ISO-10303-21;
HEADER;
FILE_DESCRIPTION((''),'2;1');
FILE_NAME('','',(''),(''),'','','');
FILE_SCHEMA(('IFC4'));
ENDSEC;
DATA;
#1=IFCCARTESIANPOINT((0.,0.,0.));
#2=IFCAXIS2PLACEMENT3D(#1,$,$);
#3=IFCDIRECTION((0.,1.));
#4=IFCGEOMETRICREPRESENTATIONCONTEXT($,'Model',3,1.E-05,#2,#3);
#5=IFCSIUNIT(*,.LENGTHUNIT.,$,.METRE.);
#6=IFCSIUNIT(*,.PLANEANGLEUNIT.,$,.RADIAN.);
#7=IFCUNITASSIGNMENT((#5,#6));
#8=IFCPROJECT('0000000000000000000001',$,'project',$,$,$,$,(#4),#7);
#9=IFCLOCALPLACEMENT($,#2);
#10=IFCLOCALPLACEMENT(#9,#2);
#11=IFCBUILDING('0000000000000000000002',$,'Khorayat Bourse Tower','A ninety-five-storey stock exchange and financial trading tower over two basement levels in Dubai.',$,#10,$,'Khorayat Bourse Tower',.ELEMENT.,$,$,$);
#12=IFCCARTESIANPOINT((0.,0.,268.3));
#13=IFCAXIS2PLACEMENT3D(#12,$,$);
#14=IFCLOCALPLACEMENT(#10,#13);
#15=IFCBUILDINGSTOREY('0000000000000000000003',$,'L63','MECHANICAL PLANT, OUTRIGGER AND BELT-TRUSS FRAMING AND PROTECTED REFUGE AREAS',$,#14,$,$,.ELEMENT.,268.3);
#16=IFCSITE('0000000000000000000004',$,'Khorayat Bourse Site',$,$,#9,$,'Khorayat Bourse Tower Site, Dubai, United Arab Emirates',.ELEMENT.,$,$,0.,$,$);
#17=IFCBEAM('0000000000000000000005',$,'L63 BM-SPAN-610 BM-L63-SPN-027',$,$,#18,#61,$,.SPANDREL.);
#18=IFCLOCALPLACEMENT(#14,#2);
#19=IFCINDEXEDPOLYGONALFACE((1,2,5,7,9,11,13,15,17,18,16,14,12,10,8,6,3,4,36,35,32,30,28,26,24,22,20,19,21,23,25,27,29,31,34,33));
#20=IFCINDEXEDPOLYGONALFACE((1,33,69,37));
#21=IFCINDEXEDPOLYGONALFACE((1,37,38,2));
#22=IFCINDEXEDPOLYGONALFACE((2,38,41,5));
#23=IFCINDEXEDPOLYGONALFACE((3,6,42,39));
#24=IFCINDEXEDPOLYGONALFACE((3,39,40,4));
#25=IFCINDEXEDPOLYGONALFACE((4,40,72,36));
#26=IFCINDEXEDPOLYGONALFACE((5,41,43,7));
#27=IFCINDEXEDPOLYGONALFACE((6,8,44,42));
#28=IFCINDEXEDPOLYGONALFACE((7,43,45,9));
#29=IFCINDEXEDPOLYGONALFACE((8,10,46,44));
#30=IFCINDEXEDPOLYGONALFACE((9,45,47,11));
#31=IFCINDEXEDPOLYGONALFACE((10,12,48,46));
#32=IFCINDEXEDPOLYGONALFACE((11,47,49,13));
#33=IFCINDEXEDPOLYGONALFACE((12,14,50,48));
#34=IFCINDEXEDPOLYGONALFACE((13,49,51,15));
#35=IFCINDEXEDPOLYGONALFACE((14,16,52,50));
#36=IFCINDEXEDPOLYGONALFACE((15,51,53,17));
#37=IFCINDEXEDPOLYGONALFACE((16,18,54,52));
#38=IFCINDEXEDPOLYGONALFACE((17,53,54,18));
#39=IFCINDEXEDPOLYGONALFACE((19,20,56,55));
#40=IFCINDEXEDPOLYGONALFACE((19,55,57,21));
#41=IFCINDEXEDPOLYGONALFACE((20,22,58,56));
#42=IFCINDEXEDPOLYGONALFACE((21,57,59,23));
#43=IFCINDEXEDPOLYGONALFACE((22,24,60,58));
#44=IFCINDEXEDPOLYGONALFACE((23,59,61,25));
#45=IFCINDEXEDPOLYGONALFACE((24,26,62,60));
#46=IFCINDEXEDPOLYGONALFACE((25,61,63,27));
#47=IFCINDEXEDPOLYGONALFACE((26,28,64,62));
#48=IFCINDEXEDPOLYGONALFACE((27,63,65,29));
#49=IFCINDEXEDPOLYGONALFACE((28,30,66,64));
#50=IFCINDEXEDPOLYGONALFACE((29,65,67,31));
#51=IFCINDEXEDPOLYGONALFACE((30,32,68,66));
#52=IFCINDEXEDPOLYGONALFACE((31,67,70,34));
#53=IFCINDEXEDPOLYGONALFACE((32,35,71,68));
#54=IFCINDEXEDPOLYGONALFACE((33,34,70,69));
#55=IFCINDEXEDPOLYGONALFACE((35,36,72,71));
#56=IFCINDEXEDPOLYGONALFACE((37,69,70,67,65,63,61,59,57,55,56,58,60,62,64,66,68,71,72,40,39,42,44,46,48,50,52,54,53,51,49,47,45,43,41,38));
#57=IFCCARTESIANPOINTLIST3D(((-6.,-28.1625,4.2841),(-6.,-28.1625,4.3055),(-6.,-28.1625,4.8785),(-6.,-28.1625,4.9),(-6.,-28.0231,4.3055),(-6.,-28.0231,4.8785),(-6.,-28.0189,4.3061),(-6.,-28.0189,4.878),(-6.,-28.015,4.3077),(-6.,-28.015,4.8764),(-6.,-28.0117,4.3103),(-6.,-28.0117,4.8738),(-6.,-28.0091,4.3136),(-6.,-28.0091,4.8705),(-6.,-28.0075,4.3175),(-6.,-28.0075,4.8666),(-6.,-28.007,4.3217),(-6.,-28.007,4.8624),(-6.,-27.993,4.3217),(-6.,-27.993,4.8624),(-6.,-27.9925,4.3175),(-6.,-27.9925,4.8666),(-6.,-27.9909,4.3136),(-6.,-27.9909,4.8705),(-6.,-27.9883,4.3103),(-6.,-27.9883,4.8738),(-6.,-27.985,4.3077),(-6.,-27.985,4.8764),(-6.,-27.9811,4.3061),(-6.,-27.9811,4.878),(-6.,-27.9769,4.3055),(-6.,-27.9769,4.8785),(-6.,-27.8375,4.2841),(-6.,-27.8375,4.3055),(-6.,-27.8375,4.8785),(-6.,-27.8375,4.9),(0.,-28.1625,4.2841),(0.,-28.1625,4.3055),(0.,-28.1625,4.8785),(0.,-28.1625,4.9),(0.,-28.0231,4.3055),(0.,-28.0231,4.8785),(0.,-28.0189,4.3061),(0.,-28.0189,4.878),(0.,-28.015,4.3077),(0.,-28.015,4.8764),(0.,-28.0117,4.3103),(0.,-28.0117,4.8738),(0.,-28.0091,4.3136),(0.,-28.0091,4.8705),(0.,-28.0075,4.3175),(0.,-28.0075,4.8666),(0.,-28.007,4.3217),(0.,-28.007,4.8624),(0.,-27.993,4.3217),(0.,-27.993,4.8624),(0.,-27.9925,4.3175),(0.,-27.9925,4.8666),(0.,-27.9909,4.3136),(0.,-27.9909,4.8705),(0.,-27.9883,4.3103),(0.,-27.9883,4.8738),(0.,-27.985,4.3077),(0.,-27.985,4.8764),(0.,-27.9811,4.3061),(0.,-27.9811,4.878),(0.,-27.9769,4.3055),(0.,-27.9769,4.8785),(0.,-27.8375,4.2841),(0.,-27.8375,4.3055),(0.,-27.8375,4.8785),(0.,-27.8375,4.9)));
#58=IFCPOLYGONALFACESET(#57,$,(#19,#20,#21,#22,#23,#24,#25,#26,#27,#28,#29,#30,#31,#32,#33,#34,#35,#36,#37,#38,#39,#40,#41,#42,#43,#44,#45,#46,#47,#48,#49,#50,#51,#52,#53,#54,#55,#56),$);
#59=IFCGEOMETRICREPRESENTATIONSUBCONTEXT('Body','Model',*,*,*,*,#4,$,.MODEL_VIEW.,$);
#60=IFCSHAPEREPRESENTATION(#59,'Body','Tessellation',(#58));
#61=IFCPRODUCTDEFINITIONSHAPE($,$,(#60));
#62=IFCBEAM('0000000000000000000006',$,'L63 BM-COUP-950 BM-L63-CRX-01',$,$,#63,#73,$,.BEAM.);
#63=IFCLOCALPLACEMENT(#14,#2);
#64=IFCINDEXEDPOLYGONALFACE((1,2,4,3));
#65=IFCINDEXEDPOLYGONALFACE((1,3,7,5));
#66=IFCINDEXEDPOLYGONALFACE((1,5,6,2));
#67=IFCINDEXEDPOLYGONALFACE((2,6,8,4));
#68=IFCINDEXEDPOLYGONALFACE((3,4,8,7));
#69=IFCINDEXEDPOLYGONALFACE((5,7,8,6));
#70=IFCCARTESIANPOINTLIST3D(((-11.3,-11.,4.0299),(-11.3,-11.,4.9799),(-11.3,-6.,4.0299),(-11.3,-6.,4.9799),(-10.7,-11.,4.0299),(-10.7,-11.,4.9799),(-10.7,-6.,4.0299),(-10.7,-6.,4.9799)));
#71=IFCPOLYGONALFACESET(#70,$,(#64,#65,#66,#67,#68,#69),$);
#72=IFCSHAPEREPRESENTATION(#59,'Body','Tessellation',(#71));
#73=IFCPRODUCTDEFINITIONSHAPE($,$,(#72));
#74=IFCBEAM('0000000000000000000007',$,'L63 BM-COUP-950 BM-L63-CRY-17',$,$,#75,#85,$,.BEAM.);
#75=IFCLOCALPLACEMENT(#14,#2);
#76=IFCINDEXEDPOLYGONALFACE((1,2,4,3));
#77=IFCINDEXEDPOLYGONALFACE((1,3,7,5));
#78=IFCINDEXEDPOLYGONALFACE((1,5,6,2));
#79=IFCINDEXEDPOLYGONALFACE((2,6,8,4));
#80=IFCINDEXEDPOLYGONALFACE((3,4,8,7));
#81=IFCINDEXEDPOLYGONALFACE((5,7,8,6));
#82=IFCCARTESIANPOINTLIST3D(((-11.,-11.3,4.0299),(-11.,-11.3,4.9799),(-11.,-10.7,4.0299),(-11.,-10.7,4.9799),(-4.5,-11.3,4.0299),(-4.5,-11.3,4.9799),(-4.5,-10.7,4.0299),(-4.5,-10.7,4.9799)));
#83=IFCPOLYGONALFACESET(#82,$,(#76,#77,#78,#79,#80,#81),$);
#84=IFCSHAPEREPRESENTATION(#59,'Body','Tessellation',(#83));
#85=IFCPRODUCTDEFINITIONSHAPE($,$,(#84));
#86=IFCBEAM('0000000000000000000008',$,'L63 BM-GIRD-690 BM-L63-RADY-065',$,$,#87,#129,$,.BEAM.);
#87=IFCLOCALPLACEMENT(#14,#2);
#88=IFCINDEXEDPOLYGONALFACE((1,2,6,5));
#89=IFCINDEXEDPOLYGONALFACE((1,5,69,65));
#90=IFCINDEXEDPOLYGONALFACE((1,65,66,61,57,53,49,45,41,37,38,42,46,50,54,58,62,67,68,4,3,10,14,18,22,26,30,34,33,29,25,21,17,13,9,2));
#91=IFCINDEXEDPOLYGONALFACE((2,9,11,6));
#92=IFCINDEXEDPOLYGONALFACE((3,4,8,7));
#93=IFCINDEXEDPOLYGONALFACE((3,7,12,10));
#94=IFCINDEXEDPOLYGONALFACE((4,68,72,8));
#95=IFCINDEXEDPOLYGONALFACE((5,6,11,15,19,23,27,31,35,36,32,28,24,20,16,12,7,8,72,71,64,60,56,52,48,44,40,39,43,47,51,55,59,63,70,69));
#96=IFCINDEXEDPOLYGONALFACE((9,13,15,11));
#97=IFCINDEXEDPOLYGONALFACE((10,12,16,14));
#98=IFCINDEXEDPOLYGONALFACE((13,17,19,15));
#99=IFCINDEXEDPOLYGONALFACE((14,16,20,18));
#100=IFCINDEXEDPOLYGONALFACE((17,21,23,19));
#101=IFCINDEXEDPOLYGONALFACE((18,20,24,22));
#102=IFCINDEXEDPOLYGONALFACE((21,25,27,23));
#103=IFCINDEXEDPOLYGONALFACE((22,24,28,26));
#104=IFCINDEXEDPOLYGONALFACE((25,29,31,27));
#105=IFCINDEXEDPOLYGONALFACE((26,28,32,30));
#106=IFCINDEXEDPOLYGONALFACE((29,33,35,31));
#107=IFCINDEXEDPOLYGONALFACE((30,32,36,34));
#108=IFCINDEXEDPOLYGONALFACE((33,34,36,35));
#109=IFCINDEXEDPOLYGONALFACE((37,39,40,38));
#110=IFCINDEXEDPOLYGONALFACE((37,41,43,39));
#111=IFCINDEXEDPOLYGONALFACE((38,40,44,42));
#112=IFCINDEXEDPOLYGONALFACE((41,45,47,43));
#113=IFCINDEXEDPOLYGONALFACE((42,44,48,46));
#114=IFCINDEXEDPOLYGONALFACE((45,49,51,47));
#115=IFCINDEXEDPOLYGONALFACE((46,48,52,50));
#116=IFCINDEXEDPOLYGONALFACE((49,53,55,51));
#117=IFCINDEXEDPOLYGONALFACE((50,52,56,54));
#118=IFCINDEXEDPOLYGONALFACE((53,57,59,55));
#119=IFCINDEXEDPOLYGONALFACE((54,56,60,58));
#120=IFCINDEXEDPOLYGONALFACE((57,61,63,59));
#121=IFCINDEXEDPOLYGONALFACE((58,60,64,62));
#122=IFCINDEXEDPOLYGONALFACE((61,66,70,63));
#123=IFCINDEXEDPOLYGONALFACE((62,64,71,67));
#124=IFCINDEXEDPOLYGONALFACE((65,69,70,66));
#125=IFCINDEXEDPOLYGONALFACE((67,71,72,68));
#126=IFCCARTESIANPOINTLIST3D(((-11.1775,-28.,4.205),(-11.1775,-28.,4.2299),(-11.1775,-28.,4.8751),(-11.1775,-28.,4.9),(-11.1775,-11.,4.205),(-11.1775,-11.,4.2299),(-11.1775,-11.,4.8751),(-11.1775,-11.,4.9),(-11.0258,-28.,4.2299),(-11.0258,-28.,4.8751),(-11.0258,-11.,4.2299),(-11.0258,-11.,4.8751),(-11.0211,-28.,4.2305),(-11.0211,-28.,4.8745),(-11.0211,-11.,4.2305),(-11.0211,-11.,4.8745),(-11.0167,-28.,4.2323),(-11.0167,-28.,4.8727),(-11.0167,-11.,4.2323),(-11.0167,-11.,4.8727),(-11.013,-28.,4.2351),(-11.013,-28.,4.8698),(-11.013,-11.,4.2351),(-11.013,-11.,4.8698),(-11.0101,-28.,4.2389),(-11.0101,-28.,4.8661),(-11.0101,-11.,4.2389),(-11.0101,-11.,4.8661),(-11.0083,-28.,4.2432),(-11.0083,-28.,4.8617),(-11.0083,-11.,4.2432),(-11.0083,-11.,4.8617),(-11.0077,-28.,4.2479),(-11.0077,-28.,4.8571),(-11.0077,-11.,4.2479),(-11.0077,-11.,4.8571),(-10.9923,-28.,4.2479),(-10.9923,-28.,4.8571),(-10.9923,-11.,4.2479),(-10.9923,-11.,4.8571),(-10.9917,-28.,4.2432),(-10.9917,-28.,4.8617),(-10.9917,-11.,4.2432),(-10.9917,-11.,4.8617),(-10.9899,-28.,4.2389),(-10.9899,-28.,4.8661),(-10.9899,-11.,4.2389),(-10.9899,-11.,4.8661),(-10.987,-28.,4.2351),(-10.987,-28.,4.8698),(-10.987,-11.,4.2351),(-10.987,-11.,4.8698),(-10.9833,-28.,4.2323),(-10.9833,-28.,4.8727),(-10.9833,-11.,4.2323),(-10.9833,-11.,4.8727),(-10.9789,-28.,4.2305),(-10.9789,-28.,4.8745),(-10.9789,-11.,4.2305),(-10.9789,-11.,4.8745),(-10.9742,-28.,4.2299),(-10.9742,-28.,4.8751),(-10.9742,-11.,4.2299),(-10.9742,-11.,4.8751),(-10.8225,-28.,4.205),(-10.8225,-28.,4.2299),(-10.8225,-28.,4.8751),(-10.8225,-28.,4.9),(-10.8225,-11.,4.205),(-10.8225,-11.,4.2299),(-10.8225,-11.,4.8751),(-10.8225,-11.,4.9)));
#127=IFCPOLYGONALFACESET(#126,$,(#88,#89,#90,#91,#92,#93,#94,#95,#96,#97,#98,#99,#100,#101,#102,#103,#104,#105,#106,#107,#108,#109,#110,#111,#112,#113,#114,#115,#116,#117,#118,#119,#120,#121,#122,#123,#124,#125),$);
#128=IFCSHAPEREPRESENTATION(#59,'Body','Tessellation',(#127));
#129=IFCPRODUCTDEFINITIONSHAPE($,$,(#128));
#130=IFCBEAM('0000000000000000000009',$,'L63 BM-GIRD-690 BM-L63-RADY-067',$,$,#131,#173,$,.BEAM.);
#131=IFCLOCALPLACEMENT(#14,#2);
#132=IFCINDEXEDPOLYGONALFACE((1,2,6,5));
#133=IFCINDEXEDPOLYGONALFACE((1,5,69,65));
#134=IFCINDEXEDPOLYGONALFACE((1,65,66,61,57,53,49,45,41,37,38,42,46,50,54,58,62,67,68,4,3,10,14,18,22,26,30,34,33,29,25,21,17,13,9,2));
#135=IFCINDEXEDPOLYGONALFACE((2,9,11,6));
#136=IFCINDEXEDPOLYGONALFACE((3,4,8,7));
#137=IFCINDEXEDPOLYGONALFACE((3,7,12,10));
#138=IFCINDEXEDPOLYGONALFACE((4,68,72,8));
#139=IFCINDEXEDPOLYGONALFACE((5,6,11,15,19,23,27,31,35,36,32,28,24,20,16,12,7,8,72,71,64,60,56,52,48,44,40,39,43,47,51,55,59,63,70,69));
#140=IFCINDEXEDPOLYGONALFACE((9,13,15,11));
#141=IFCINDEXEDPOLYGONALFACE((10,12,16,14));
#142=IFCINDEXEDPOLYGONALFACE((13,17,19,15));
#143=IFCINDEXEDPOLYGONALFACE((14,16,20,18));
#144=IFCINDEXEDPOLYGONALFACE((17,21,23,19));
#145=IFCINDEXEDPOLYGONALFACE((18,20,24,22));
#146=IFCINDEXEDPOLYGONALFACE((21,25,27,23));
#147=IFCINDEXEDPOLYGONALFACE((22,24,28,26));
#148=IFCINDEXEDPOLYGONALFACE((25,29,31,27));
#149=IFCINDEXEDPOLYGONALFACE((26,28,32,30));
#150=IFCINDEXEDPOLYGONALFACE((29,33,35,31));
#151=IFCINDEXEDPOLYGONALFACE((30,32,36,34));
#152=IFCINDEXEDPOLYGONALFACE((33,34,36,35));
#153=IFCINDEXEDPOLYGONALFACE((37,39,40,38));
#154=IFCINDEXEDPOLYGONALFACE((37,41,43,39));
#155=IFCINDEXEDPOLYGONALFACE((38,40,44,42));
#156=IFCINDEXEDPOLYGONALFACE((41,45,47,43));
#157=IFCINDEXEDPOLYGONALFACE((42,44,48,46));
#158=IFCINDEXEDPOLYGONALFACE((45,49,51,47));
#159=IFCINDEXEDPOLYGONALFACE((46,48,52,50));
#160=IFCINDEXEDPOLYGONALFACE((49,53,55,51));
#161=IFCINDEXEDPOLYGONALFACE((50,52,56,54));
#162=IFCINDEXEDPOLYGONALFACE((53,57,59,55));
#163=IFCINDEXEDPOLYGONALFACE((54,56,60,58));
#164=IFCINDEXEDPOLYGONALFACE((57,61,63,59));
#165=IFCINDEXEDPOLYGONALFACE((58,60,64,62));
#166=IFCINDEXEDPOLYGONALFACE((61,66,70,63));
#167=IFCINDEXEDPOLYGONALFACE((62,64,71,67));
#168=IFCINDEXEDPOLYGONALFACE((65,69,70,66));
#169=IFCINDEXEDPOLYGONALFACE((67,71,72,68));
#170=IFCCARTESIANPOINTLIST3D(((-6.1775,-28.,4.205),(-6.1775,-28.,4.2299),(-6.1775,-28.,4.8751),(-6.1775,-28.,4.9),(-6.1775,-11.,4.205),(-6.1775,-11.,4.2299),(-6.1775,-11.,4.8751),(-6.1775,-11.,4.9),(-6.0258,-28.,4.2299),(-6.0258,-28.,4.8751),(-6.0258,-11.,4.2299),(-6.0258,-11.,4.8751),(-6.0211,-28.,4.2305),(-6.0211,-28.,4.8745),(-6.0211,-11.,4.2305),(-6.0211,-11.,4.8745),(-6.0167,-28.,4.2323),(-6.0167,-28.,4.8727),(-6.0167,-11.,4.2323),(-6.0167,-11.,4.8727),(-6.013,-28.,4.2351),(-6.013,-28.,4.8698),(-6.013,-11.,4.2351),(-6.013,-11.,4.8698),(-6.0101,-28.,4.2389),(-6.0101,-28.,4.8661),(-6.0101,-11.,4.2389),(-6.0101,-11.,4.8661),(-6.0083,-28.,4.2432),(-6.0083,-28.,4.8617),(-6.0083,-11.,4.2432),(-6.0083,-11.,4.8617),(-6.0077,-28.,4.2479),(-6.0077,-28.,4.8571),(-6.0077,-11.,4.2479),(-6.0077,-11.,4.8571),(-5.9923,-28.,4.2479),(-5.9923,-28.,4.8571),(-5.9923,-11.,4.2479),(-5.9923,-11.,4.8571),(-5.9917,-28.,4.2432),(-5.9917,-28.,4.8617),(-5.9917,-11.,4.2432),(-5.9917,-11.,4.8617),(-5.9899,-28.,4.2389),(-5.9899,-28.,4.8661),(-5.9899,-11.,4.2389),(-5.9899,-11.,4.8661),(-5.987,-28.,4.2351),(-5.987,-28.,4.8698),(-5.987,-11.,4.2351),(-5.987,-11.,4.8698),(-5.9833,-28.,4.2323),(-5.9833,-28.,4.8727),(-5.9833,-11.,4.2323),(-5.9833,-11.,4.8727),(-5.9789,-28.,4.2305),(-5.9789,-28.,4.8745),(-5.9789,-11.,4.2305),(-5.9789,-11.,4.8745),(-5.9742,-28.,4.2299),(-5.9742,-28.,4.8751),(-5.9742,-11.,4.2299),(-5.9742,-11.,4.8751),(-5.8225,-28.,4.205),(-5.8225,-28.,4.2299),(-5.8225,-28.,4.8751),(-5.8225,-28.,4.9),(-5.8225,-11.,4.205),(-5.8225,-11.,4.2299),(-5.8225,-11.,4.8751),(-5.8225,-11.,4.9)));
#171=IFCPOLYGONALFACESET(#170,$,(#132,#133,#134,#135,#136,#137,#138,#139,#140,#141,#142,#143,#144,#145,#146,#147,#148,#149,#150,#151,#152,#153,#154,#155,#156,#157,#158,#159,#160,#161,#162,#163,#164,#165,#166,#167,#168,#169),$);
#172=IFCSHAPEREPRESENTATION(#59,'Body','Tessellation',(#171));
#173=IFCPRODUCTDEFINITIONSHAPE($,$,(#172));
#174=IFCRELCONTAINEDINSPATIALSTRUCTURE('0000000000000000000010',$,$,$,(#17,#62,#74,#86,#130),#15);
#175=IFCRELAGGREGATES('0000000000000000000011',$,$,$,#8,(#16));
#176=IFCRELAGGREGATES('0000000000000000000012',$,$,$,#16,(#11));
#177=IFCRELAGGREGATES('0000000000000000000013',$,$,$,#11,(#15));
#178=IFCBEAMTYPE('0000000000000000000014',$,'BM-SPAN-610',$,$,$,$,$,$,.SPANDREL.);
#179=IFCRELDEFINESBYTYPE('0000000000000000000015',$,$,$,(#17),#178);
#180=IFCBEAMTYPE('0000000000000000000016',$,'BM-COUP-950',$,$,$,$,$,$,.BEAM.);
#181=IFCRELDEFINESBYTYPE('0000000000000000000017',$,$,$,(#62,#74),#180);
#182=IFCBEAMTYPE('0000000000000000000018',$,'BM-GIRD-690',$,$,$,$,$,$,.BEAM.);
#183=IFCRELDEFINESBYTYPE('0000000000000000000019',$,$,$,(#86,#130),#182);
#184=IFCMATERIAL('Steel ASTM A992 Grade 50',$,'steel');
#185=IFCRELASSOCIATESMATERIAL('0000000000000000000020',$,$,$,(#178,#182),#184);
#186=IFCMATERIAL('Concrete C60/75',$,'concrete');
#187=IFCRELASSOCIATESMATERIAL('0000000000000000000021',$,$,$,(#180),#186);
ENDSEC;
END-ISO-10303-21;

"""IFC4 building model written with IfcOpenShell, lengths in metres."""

from ifc_helpers import new_model, si_unit, direction, frame, origin, origin_2d, place, context, subcontext, project, spatial, rectangle, i_section, extrude, source, transform, mapped, material, material_profile, profile_set, type_object, element, save


model = new_model("IFC4")

# Units and contexts
model_context = context("Model", 3, precision=1e-05, world=origin(), true_north=direction((0.0, 1.0)))
body_context = subcontext(model_context, "Body", "Model", "MODEL_VIEW")
ifc_project = project(units=[si_unit("LENGTHUNIT", "METRE"), si_unit("PLANEANGLEUNIT", "RADIAN")], contexts=[model_context])

# Site, building, storey
site_placement = place(None, origin())
site = spatial("IfcSite", under=ifc_project, at=site_placement, Name="Khorayat Bourse Site", LongName="Khorayat Bourse Tower Site, Dubai, United Arab Emirates", CompositionType="ELEMENT", RefElevation=0.0)
building_placement = place(site_placement, origin())
building = spatial("IfcBuilding", under=site, at=building_placement, Name="Khorayat Bourse Tower", Description="A ninety-five-storey stock exchange and financial trading tower over two basement levels in Dubai.", LongName="Khorayat Bourse Tower", CompositionType="ELEMENT")
storey_placement = place(building_placement, frame((0.0, 0.0, 268.3)))
storey = spatial("IfcBuildingStorey", under=building, at=storey_placement, Name="L63", Description="MECHANICAL PLANT, OUTRIGGER AND BELT-TRUSS FRAMING AND PROTECTED REFUGE AREAS", CompositionType="ELEMENT", Elevation=268.3)

# Beams
ifc_material_1 = material(Name="Steel ASTM A992 Grade 50", Category="steel")
ifc_material_profile_1 = material_profile(ifc_material_1, i_section(OverallWidth=0.325, OverallDepth=0.616, WebThickness=0.0139, FlangeThickness=0.0215, FilletRadius=0.0161, at=origin_2d()), Name="W610X174")
ifc_profile_set_1 = profile_set([ifc_material_profile_1], Name="Steel ASTM A992 Grade 50")
beam_type_1 = type_object("IfcBeamType", Name="BM-SPAN-610", PredefinedType="SPANDREL", material=ifc_profile_set_1)
shared_shape_1 = source(origin(), body_context, "Body", "SweptSolid", [
    extrude(i_section(OverallWidth=0.325, OverallDepth=0.616, WebThickness=0.0139, FlangeThickness=0.0215, FilletRadius=0.0161, at=origin_2d()), origin(), (0.0, 0.0, 1.0), 6.0),
])
beam_1_placement = place(storey_placement, frame((-6.0, -28.0, 4.592), z_axis=(1.0, 0.0, 0.0), x_axis=(0.0, 1.0, 0.0)))
element("IfcBeam", 1, at=beam_1_placement, inside=storey, type_object=beam_type_1, Name="L63 BM-SPAN-610 BM-L63-SPN-027", PredefinedType="SPANDREL", context=body_context, shape_type="MappedRepresentation", body=[
    mapped(shared_shape_1, transform((0.0, 0.0, 0.0), scale=1.0)),
])
ifc_material_2 = material(Name="Concrete C60/75", Category="concrete")
ifc_material_profile_2 = material_profile(ifc_material_2, rectangle(XDim=0.6001, YDim=0.95, at=origin_2d()), Name="RC 600x950")
ifc_profile_set_2 = profile_set([ifc_material_profile_2], Name="Concrete C60/75")
beam_type_2 = type_object("IfcBeamType", Name="BM-COUP-950", PredefinedType="BEAM", material=ifc_profile_set_2)
shared_shape_2 = source(origin(), body_context, "Body", "SweptSolid", [
    extrude(rectangle(XDim=0.6001, YDim=0.95, at=origin_2d()), origin(), (0.0, 0.0, 1.0), 5.0),
])
beam_2_placement = place(storey_placement, frame((-11.0, -11.0, 4.5049), z_axis=(0.0, 1.0, 0.0), x_axis=(-1.0, 0.0, 0.0)))
element("IfcBeam", 2, at=beam_2_placement, inside=storey, type_object=beam_type_2, Name="L63 BM-COUP-950 BM-L63-CRX-01", PredefinedType="BEAM", context=body_context, shape_type="MappedRepresentation", body=[
    mapped(shared_shape_2, transform((0.0, 0.0, 0.0), scale=1.0)),
])
shared_shape_3 = source(origin(), body_context, "Body", "SweptSolid", [
    extrude(rectangle(XDim=0.6001, YDim=0.95, at=origin_2d()), origin(), (0.0, 0.0, 1.0), 6.5),
])
beam_3_placement = place(storey_placement, frame((-11.0, -11.0, 4.5049), z_axis=(1.0, 0.0, 0.0), x_axis=(0.0, 1.0, 0.0)))
element("IfcBeam", 3, at=beam_3_placement, inside=storey, type_object=beam_type_2, Name="L63 BM-COUP-950 BM-L63-CRY-17", PredefinedType="BEAM", context=body_context, shape_type="MappedRepresentation", body=[
    mapped(shared_shape_3, transform((0.0, 0.0, 0.0), scale=1.0)),
])
ifc_material_profile_3 = material_profile(ifc_material_1, i_section(OverallWidth=0.355, OverallDepth=0.6951, WebThickness=0.0154, FlangeThickness=0.0249, FilletRadius=0.0181, at=origin_2d()), Name="W690X217")
ifc_profile_set_3 = profile_set([ifc_material_profile_3], Name="Steel ASTM A992 Grade 50")
beam_type_3 = type_object("IfcBeamType", Name="BM-GIRD-690", PredefinedType="BEAM", material=ifc_profile_set_3)
shared_shape_4 = source(origin(), body_context, "Body", "SweptSolid", [
    extrude(i_section(OverallWidth=0.355, OverallDepth=0.6951, WebThickness=0.0154, FlangeThickness=0.0249, FilletRadius=0.0181, at=origin_2d()), origin(), (0.0, 0.0, 1.0), 17.0),
])
for number, where, z_axis, x_axis, name in (
    (4, (-11.0, -28.0, 4.5525), (0.0, 1.0, 0.0), (-1.0, 0.0, 0.0), "L63 BM-GIRD-690 BM-L63-RADY-065"),
    (5, (-6.0, -28.0, 4.5525), (0.0, 1.0, 0.0), (-1.0, 0.0, 0.0), "L63 BM-GIRD-690 BM-L63-RADY-067"),
):
    element("IfcBeam", number, at=place(storey_placement, frame(where, z_axis=z_axis, x_axis=x_axis)), inside=storey, type_object=beam_type_3, Name=name, PredefinedType="BEAM", context=body_context, shape_type="MappedRepresentation", body=[
        mapped(shared_shape_4, transform((0.0, 0.0, 0.0), scale=1.0)),
    ])

save(model, "model.ifc")
